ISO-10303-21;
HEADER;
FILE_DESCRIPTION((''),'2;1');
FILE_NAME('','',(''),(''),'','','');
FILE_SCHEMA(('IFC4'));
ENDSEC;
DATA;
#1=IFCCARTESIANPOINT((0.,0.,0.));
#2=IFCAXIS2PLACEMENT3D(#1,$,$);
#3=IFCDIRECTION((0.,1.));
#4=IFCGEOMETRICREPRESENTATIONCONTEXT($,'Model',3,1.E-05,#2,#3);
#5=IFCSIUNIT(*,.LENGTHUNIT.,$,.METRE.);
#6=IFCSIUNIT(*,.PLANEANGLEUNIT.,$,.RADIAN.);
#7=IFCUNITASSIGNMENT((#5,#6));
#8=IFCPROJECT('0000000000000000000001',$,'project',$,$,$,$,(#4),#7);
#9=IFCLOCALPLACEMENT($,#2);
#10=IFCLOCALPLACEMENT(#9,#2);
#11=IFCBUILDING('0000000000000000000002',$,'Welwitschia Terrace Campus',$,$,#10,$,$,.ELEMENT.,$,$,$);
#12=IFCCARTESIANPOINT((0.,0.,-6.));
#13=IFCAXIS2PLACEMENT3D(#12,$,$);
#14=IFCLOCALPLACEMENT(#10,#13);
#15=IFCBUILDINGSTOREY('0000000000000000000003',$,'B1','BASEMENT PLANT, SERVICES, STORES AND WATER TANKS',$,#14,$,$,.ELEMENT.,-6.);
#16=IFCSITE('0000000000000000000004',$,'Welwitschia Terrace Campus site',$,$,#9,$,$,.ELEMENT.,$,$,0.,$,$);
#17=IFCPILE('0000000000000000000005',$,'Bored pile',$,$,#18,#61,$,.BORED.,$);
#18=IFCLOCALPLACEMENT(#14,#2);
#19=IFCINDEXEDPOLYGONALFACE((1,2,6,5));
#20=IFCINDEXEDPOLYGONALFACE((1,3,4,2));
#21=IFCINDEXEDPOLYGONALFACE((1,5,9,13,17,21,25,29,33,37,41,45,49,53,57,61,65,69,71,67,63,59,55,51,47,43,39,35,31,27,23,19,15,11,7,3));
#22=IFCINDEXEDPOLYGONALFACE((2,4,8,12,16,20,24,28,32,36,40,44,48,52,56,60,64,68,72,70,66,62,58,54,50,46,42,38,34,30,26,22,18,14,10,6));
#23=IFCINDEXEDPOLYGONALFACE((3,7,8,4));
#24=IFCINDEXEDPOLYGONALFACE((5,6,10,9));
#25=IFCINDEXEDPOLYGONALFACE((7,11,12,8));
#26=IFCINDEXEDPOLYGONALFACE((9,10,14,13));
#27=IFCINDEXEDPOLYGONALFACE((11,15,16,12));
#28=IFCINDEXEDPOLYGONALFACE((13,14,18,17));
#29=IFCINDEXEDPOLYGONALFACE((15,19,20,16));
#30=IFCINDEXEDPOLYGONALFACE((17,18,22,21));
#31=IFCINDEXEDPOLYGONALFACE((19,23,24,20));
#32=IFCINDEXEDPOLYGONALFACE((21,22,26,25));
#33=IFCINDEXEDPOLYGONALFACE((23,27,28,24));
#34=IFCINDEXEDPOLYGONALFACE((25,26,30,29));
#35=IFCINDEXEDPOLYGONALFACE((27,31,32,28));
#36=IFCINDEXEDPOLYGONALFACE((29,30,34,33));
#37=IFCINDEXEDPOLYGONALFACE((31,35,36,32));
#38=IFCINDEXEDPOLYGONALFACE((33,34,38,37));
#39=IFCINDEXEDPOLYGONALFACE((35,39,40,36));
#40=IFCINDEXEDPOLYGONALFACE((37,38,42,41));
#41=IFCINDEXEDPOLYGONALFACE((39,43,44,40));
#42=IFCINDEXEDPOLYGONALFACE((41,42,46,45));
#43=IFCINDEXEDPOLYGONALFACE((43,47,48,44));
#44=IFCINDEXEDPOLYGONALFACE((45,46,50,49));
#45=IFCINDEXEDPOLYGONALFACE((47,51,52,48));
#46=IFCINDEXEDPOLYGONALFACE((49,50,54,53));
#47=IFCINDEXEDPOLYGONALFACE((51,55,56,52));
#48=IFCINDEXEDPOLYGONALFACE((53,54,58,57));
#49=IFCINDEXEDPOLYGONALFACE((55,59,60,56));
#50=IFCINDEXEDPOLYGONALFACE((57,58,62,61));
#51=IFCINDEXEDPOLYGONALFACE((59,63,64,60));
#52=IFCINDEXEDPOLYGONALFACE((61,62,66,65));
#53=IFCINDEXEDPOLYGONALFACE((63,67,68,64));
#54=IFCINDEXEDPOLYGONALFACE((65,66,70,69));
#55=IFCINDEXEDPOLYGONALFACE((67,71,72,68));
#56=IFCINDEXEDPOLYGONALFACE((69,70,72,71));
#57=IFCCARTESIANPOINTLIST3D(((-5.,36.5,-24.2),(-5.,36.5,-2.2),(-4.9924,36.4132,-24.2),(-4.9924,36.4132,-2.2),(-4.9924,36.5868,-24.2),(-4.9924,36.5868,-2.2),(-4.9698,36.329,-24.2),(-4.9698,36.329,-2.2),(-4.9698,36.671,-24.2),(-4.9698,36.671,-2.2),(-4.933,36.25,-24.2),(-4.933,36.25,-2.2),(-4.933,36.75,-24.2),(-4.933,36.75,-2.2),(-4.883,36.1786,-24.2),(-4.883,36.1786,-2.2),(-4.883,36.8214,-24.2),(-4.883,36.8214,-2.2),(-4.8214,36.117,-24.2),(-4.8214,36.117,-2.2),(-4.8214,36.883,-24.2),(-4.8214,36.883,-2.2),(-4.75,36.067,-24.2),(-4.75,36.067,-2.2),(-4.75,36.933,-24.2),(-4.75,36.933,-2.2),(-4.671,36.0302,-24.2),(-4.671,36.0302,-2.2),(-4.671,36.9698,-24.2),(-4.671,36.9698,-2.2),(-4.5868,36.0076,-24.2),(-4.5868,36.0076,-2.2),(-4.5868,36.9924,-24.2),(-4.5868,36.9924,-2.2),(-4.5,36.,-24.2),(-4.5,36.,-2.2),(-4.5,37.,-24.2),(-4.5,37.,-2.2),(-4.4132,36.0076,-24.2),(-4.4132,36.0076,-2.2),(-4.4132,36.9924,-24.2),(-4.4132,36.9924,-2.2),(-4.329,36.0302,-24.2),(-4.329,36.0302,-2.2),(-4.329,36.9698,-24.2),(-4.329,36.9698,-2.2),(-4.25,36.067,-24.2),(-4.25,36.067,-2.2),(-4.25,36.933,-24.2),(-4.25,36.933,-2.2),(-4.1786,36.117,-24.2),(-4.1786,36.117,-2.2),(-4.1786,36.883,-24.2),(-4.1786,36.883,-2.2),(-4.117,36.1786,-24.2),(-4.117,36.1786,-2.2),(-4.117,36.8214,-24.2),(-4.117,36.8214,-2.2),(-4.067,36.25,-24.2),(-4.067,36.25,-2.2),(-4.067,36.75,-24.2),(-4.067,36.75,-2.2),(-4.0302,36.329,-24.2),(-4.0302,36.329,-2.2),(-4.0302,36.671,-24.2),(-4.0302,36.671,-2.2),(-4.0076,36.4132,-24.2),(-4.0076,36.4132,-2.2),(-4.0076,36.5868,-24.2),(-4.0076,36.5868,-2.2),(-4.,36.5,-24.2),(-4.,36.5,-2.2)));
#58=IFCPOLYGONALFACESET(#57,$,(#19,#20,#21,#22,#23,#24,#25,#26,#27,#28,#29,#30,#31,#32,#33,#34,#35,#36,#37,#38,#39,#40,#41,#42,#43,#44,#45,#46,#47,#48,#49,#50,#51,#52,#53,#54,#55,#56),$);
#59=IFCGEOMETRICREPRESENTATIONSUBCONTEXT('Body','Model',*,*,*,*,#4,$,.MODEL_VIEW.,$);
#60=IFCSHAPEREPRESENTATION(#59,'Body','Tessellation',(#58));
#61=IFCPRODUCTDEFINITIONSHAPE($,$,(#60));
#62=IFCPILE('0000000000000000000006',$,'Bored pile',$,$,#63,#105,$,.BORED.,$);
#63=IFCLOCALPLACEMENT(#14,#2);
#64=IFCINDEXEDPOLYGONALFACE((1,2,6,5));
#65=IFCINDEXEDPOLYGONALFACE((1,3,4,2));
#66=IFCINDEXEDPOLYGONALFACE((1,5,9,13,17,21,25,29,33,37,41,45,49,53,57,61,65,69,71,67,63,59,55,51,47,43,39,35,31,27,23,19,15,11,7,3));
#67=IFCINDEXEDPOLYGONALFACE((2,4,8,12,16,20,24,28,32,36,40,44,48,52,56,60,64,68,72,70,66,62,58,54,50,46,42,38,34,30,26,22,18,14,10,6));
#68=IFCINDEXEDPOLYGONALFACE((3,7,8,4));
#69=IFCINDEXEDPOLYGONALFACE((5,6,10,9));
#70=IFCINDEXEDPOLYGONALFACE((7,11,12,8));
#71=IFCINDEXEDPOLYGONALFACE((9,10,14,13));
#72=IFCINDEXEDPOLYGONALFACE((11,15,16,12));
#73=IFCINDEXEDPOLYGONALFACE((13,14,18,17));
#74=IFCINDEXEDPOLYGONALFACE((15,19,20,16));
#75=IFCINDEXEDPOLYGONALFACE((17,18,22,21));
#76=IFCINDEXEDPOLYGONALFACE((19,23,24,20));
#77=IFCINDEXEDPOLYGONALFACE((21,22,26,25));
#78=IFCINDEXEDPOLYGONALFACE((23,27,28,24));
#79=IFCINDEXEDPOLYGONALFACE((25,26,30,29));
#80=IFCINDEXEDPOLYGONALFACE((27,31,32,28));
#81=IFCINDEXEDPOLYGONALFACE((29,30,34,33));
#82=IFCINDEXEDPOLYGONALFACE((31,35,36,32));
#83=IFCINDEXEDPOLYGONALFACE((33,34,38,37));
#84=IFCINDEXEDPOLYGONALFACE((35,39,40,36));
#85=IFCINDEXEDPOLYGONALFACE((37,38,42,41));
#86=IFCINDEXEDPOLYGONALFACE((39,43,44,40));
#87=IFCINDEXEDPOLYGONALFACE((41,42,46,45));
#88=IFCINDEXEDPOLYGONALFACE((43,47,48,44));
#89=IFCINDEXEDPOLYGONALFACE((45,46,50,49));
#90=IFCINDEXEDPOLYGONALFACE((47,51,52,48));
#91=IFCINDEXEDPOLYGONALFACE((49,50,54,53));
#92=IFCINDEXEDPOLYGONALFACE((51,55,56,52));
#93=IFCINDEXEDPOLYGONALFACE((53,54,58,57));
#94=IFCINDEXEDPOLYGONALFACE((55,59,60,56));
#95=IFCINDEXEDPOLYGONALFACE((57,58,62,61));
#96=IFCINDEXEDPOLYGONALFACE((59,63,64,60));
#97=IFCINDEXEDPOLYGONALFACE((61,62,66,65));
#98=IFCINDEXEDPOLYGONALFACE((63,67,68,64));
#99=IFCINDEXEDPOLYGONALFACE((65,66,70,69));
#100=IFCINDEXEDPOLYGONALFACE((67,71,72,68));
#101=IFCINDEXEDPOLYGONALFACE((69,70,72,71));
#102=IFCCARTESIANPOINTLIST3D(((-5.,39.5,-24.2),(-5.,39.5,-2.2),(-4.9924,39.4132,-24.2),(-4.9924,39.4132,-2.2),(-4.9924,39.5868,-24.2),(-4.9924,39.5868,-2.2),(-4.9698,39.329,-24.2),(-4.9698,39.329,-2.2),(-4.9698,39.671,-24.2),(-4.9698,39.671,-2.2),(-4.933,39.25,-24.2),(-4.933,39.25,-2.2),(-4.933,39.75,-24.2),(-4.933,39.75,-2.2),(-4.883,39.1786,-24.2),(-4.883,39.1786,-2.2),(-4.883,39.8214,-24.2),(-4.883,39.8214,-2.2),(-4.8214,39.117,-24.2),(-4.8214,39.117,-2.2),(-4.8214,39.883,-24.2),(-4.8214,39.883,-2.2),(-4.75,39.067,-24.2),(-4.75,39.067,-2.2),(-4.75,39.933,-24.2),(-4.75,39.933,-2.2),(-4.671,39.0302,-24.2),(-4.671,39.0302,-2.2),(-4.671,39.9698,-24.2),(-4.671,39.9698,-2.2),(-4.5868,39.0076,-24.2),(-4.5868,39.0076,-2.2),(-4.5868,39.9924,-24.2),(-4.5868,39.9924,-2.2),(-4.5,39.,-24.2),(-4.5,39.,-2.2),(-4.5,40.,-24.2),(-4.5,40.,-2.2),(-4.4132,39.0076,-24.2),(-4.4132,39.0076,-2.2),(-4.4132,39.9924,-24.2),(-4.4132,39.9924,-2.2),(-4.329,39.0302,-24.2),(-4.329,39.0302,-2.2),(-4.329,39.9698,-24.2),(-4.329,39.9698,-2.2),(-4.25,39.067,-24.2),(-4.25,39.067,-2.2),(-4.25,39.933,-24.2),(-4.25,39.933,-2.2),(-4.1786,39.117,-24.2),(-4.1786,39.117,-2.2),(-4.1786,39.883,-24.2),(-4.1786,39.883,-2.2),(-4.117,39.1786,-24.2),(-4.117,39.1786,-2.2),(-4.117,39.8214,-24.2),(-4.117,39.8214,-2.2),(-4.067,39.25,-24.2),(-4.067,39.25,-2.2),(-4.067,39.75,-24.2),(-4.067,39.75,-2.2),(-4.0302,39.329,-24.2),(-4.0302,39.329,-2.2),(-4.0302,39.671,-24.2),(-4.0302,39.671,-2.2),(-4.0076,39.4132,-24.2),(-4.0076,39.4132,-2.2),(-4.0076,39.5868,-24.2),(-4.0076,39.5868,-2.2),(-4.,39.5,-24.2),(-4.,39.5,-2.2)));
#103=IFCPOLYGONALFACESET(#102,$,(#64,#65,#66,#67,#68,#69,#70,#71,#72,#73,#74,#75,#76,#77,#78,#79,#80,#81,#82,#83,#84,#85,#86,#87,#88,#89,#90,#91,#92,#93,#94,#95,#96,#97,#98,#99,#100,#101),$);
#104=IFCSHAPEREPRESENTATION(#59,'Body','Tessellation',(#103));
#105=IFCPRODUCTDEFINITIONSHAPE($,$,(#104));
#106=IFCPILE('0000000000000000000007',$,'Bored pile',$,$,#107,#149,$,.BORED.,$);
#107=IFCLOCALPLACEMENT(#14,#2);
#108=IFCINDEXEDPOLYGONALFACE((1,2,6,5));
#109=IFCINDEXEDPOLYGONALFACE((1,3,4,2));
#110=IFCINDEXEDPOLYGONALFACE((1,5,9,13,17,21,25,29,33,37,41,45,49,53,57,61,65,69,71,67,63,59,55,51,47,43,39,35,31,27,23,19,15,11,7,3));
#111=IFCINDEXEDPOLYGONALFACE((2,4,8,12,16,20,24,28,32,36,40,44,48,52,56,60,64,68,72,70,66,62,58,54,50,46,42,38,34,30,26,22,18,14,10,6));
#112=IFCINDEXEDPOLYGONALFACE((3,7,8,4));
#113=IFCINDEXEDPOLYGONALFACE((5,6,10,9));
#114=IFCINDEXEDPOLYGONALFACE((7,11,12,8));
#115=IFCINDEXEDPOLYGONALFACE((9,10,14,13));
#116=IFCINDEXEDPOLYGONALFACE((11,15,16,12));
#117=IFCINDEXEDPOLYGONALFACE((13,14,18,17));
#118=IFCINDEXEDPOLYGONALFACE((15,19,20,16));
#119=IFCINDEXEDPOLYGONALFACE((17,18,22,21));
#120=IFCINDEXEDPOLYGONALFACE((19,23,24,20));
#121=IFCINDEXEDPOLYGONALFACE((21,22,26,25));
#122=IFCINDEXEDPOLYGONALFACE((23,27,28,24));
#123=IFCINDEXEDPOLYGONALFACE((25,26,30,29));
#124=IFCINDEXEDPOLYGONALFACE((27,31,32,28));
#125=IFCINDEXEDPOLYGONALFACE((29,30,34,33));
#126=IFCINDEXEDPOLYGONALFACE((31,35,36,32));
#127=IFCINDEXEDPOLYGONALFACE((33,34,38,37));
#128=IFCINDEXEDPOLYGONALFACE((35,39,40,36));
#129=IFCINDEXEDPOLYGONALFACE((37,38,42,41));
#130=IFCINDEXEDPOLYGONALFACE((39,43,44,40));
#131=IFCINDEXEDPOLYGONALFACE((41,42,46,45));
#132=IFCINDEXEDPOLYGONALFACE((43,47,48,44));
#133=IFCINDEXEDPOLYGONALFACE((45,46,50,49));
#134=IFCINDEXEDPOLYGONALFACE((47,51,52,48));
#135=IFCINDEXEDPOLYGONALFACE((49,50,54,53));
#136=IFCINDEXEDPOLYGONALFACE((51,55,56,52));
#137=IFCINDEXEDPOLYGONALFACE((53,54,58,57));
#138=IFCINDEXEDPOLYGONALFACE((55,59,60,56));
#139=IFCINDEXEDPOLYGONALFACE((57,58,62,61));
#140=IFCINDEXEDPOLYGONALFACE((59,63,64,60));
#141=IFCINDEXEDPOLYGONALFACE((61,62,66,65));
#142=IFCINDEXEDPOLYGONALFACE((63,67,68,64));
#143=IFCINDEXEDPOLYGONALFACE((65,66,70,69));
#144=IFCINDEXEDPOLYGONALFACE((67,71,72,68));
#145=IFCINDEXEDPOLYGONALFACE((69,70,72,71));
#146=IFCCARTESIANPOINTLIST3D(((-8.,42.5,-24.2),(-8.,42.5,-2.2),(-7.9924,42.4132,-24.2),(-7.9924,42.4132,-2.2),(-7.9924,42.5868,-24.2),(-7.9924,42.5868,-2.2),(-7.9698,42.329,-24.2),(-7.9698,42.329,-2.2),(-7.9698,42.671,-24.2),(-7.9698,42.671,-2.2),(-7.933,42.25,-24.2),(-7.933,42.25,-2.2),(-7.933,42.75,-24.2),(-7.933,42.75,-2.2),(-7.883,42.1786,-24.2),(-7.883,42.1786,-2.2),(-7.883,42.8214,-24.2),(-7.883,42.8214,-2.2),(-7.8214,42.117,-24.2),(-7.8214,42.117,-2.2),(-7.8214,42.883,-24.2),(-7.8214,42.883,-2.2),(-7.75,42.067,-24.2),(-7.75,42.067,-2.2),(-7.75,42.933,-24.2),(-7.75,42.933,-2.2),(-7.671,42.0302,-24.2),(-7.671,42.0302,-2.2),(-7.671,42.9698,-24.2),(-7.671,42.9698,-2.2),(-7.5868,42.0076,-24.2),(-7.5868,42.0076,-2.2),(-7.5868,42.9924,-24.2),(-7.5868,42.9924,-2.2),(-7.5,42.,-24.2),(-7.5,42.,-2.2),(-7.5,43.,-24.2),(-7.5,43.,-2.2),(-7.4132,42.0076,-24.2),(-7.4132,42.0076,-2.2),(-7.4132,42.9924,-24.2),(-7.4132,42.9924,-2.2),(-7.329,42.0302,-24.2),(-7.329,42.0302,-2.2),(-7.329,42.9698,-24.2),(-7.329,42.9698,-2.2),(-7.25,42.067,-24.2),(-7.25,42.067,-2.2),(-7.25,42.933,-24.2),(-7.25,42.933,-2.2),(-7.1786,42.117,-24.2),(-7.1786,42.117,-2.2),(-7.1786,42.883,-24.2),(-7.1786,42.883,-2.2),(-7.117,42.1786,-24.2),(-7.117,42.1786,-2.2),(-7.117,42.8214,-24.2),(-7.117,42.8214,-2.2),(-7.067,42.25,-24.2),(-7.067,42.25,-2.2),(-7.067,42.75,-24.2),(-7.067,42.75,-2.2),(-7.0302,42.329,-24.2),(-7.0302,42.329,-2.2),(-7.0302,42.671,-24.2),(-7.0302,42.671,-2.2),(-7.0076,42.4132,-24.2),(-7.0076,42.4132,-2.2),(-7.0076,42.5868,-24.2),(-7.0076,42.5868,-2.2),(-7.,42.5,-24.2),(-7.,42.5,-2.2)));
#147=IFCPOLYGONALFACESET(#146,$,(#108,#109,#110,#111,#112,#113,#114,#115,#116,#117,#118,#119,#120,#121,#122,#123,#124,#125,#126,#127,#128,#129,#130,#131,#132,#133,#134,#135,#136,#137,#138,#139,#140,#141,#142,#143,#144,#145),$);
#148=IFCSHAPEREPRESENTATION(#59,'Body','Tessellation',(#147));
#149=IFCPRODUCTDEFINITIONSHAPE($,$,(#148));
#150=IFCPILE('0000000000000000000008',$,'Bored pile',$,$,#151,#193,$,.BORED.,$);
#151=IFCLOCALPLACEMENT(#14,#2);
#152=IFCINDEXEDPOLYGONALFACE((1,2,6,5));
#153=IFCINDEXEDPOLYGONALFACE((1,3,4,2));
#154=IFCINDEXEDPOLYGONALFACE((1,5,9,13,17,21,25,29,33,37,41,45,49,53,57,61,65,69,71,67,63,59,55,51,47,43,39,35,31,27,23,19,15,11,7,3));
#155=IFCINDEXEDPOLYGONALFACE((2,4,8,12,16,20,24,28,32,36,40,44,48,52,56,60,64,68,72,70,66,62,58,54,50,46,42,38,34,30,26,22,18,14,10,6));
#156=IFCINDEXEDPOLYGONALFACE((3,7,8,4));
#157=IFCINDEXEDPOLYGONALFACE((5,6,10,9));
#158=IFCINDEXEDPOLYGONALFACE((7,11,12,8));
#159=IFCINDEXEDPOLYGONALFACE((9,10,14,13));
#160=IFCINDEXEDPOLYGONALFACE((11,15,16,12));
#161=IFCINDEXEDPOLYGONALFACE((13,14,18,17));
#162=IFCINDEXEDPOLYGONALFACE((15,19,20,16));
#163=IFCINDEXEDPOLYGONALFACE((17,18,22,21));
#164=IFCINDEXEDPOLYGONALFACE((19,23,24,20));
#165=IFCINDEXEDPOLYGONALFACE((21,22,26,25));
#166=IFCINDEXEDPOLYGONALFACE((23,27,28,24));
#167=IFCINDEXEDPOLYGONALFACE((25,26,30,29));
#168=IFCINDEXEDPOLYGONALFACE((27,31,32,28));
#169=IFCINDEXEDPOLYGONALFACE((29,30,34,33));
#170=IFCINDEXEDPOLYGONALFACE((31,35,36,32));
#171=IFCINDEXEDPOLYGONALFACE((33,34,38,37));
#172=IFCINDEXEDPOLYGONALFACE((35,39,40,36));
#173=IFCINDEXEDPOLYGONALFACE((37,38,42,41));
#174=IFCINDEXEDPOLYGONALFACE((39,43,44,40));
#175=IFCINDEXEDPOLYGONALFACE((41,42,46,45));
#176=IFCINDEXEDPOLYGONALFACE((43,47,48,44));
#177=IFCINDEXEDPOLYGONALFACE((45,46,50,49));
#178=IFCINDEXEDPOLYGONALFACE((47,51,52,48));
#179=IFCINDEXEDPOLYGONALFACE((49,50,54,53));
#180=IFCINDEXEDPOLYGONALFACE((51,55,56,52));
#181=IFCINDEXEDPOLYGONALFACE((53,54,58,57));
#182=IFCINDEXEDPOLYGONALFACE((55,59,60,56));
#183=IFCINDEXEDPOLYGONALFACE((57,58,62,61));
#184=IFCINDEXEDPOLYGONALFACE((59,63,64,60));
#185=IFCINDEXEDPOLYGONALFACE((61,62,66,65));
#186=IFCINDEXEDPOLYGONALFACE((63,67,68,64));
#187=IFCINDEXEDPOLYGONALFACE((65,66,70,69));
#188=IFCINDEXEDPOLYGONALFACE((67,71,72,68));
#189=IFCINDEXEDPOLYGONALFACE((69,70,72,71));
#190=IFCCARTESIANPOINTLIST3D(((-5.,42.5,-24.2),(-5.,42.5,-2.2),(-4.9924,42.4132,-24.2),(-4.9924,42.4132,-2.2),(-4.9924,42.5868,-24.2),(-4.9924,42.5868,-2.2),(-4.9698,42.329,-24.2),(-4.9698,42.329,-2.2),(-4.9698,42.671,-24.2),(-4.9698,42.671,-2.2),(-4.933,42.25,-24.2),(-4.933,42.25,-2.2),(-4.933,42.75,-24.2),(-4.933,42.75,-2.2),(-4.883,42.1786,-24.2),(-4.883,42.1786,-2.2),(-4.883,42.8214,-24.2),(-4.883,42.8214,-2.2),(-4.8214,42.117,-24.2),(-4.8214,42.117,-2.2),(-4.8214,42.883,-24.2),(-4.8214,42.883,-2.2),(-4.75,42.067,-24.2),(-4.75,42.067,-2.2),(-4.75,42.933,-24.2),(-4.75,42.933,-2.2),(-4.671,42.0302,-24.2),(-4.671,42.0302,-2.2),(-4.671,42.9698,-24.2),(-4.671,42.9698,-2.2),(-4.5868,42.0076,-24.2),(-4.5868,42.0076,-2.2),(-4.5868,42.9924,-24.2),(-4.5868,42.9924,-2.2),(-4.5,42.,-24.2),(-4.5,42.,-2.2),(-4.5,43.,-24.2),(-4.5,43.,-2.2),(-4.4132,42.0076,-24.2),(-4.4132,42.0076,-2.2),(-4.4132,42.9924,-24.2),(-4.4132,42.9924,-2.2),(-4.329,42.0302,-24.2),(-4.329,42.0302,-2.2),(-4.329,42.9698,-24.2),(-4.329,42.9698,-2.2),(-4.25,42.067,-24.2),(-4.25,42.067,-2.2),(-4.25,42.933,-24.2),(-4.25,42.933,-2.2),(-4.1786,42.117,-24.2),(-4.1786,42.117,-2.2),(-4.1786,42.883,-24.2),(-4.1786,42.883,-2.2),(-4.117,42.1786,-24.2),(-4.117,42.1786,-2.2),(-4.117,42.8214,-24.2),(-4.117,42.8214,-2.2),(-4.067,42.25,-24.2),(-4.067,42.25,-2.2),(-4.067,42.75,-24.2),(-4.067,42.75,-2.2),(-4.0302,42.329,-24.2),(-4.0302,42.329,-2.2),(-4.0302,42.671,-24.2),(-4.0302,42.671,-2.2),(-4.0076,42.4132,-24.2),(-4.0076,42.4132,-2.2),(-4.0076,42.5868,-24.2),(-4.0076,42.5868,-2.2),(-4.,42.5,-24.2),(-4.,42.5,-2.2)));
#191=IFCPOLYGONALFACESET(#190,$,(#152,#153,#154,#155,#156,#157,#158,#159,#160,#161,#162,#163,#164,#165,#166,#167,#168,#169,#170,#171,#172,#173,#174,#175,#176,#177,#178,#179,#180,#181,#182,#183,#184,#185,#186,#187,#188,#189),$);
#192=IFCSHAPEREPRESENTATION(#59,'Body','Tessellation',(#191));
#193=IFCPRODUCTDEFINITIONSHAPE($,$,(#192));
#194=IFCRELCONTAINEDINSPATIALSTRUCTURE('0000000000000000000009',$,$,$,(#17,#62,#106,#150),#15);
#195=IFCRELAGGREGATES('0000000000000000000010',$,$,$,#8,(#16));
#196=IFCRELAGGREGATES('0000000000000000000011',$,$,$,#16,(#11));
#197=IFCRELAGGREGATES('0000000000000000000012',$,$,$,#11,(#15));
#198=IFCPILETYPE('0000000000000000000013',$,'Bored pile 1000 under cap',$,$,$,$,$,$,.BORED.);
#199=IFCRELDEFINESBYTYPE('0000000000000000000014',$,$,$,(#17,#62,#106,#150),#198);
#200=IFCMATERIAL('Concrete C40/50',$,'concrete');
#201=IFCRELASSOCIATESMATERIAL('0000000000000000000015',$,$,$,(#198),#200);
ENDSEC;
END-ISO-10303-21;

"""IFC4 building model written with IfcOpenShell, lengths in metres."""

from ifc_helpers import new_model, si_unit, direction, frame, origin, origin_2d, place, context, subcontext, project, spatial, circle, extrude, material, type_object, element, save


model = new_model("IFC4")

# Units and contexts
model_context = context("Model", 3, precision=1e-05, world=origin(), true_north=direction((0.0, 1.0)))
body_context = subcontext(model_context, "Body", "Model", "MODEL_VIEW")
ifc_project = project(units=[si_unit("LENGTHUNIT", "METRE"), si_unit("PLANEANGLEUNIT", "RADIAN")], contexts=[model_context])

# Site, building, storey
site_placement = place(None, origin())
site = spatial("IfcSite", under=ifc_project, at=site_placement, Name="Welwitschia Terrace Campus site", CompositionType="ELEMENT", RefElevation=0.0)
building_placement = place(site_placement, origin())
building = spatial("IfcBuilding", under=site, at=building_placement, Name="Welwitschia Terrace Campus", CompositionType="ELEMENT")
storey_placement = place(building_placement, frame((0.0, 0.0, -6.0)))
storey = spatial("IfcBuildingStorey", under=building, at=storey_placement, Name="B1", Description="BASEMENT PLANT, SERVICES, STORES AND WATER TANKS", CompositionType="ELEMENT", Elevation=-6.0)

# Piles
ifc_material_1 = material(Name="Concrete C40/50", Category="concrete")
pile_type = type_object("IfcPileType", Name="Bored pile 1000 under cap", PredefinedType="BORED", material=ifc_material_1)
for number, where, z_axis, x_axis, name in (
    (1, (-4.5, 36.5, -2.2), (0.0, 0.0, -1.0), (1.0, 0.0, 0.0), "Bored pile"),
    (2, (-4.5, 39.5, -2.2), (0.0, 0.0, -1.0), (1.0, 0.0, 0.0), "Bored pile"),
    (3, (-7.5, 42.5, -2.2), (0.0, 0.0, -1.0), (1.0, 0.0, 0.0), "Bored pile"),
    (4, (-4.5, 42.5, -2.2), (0.0, 0.0, -1.0), (1.0, 0.0, 0.0), "Bored pile"),
):
    element("IfcPile", number, at=place(storey_placement, frame(where, z_axis=z_axis, x_axis=x_axis)), inside=storey, type_object=pile_type, Name=name, PredefinedType="BORED", context=body_context, shape_type="SweptSolid", body=[
        extrude(circle(Radius=0.5, at=origin_2d()), origin(), (0.0, 0.0, 1.0), 22.0),
    ])

save(model, "model.ifc")
